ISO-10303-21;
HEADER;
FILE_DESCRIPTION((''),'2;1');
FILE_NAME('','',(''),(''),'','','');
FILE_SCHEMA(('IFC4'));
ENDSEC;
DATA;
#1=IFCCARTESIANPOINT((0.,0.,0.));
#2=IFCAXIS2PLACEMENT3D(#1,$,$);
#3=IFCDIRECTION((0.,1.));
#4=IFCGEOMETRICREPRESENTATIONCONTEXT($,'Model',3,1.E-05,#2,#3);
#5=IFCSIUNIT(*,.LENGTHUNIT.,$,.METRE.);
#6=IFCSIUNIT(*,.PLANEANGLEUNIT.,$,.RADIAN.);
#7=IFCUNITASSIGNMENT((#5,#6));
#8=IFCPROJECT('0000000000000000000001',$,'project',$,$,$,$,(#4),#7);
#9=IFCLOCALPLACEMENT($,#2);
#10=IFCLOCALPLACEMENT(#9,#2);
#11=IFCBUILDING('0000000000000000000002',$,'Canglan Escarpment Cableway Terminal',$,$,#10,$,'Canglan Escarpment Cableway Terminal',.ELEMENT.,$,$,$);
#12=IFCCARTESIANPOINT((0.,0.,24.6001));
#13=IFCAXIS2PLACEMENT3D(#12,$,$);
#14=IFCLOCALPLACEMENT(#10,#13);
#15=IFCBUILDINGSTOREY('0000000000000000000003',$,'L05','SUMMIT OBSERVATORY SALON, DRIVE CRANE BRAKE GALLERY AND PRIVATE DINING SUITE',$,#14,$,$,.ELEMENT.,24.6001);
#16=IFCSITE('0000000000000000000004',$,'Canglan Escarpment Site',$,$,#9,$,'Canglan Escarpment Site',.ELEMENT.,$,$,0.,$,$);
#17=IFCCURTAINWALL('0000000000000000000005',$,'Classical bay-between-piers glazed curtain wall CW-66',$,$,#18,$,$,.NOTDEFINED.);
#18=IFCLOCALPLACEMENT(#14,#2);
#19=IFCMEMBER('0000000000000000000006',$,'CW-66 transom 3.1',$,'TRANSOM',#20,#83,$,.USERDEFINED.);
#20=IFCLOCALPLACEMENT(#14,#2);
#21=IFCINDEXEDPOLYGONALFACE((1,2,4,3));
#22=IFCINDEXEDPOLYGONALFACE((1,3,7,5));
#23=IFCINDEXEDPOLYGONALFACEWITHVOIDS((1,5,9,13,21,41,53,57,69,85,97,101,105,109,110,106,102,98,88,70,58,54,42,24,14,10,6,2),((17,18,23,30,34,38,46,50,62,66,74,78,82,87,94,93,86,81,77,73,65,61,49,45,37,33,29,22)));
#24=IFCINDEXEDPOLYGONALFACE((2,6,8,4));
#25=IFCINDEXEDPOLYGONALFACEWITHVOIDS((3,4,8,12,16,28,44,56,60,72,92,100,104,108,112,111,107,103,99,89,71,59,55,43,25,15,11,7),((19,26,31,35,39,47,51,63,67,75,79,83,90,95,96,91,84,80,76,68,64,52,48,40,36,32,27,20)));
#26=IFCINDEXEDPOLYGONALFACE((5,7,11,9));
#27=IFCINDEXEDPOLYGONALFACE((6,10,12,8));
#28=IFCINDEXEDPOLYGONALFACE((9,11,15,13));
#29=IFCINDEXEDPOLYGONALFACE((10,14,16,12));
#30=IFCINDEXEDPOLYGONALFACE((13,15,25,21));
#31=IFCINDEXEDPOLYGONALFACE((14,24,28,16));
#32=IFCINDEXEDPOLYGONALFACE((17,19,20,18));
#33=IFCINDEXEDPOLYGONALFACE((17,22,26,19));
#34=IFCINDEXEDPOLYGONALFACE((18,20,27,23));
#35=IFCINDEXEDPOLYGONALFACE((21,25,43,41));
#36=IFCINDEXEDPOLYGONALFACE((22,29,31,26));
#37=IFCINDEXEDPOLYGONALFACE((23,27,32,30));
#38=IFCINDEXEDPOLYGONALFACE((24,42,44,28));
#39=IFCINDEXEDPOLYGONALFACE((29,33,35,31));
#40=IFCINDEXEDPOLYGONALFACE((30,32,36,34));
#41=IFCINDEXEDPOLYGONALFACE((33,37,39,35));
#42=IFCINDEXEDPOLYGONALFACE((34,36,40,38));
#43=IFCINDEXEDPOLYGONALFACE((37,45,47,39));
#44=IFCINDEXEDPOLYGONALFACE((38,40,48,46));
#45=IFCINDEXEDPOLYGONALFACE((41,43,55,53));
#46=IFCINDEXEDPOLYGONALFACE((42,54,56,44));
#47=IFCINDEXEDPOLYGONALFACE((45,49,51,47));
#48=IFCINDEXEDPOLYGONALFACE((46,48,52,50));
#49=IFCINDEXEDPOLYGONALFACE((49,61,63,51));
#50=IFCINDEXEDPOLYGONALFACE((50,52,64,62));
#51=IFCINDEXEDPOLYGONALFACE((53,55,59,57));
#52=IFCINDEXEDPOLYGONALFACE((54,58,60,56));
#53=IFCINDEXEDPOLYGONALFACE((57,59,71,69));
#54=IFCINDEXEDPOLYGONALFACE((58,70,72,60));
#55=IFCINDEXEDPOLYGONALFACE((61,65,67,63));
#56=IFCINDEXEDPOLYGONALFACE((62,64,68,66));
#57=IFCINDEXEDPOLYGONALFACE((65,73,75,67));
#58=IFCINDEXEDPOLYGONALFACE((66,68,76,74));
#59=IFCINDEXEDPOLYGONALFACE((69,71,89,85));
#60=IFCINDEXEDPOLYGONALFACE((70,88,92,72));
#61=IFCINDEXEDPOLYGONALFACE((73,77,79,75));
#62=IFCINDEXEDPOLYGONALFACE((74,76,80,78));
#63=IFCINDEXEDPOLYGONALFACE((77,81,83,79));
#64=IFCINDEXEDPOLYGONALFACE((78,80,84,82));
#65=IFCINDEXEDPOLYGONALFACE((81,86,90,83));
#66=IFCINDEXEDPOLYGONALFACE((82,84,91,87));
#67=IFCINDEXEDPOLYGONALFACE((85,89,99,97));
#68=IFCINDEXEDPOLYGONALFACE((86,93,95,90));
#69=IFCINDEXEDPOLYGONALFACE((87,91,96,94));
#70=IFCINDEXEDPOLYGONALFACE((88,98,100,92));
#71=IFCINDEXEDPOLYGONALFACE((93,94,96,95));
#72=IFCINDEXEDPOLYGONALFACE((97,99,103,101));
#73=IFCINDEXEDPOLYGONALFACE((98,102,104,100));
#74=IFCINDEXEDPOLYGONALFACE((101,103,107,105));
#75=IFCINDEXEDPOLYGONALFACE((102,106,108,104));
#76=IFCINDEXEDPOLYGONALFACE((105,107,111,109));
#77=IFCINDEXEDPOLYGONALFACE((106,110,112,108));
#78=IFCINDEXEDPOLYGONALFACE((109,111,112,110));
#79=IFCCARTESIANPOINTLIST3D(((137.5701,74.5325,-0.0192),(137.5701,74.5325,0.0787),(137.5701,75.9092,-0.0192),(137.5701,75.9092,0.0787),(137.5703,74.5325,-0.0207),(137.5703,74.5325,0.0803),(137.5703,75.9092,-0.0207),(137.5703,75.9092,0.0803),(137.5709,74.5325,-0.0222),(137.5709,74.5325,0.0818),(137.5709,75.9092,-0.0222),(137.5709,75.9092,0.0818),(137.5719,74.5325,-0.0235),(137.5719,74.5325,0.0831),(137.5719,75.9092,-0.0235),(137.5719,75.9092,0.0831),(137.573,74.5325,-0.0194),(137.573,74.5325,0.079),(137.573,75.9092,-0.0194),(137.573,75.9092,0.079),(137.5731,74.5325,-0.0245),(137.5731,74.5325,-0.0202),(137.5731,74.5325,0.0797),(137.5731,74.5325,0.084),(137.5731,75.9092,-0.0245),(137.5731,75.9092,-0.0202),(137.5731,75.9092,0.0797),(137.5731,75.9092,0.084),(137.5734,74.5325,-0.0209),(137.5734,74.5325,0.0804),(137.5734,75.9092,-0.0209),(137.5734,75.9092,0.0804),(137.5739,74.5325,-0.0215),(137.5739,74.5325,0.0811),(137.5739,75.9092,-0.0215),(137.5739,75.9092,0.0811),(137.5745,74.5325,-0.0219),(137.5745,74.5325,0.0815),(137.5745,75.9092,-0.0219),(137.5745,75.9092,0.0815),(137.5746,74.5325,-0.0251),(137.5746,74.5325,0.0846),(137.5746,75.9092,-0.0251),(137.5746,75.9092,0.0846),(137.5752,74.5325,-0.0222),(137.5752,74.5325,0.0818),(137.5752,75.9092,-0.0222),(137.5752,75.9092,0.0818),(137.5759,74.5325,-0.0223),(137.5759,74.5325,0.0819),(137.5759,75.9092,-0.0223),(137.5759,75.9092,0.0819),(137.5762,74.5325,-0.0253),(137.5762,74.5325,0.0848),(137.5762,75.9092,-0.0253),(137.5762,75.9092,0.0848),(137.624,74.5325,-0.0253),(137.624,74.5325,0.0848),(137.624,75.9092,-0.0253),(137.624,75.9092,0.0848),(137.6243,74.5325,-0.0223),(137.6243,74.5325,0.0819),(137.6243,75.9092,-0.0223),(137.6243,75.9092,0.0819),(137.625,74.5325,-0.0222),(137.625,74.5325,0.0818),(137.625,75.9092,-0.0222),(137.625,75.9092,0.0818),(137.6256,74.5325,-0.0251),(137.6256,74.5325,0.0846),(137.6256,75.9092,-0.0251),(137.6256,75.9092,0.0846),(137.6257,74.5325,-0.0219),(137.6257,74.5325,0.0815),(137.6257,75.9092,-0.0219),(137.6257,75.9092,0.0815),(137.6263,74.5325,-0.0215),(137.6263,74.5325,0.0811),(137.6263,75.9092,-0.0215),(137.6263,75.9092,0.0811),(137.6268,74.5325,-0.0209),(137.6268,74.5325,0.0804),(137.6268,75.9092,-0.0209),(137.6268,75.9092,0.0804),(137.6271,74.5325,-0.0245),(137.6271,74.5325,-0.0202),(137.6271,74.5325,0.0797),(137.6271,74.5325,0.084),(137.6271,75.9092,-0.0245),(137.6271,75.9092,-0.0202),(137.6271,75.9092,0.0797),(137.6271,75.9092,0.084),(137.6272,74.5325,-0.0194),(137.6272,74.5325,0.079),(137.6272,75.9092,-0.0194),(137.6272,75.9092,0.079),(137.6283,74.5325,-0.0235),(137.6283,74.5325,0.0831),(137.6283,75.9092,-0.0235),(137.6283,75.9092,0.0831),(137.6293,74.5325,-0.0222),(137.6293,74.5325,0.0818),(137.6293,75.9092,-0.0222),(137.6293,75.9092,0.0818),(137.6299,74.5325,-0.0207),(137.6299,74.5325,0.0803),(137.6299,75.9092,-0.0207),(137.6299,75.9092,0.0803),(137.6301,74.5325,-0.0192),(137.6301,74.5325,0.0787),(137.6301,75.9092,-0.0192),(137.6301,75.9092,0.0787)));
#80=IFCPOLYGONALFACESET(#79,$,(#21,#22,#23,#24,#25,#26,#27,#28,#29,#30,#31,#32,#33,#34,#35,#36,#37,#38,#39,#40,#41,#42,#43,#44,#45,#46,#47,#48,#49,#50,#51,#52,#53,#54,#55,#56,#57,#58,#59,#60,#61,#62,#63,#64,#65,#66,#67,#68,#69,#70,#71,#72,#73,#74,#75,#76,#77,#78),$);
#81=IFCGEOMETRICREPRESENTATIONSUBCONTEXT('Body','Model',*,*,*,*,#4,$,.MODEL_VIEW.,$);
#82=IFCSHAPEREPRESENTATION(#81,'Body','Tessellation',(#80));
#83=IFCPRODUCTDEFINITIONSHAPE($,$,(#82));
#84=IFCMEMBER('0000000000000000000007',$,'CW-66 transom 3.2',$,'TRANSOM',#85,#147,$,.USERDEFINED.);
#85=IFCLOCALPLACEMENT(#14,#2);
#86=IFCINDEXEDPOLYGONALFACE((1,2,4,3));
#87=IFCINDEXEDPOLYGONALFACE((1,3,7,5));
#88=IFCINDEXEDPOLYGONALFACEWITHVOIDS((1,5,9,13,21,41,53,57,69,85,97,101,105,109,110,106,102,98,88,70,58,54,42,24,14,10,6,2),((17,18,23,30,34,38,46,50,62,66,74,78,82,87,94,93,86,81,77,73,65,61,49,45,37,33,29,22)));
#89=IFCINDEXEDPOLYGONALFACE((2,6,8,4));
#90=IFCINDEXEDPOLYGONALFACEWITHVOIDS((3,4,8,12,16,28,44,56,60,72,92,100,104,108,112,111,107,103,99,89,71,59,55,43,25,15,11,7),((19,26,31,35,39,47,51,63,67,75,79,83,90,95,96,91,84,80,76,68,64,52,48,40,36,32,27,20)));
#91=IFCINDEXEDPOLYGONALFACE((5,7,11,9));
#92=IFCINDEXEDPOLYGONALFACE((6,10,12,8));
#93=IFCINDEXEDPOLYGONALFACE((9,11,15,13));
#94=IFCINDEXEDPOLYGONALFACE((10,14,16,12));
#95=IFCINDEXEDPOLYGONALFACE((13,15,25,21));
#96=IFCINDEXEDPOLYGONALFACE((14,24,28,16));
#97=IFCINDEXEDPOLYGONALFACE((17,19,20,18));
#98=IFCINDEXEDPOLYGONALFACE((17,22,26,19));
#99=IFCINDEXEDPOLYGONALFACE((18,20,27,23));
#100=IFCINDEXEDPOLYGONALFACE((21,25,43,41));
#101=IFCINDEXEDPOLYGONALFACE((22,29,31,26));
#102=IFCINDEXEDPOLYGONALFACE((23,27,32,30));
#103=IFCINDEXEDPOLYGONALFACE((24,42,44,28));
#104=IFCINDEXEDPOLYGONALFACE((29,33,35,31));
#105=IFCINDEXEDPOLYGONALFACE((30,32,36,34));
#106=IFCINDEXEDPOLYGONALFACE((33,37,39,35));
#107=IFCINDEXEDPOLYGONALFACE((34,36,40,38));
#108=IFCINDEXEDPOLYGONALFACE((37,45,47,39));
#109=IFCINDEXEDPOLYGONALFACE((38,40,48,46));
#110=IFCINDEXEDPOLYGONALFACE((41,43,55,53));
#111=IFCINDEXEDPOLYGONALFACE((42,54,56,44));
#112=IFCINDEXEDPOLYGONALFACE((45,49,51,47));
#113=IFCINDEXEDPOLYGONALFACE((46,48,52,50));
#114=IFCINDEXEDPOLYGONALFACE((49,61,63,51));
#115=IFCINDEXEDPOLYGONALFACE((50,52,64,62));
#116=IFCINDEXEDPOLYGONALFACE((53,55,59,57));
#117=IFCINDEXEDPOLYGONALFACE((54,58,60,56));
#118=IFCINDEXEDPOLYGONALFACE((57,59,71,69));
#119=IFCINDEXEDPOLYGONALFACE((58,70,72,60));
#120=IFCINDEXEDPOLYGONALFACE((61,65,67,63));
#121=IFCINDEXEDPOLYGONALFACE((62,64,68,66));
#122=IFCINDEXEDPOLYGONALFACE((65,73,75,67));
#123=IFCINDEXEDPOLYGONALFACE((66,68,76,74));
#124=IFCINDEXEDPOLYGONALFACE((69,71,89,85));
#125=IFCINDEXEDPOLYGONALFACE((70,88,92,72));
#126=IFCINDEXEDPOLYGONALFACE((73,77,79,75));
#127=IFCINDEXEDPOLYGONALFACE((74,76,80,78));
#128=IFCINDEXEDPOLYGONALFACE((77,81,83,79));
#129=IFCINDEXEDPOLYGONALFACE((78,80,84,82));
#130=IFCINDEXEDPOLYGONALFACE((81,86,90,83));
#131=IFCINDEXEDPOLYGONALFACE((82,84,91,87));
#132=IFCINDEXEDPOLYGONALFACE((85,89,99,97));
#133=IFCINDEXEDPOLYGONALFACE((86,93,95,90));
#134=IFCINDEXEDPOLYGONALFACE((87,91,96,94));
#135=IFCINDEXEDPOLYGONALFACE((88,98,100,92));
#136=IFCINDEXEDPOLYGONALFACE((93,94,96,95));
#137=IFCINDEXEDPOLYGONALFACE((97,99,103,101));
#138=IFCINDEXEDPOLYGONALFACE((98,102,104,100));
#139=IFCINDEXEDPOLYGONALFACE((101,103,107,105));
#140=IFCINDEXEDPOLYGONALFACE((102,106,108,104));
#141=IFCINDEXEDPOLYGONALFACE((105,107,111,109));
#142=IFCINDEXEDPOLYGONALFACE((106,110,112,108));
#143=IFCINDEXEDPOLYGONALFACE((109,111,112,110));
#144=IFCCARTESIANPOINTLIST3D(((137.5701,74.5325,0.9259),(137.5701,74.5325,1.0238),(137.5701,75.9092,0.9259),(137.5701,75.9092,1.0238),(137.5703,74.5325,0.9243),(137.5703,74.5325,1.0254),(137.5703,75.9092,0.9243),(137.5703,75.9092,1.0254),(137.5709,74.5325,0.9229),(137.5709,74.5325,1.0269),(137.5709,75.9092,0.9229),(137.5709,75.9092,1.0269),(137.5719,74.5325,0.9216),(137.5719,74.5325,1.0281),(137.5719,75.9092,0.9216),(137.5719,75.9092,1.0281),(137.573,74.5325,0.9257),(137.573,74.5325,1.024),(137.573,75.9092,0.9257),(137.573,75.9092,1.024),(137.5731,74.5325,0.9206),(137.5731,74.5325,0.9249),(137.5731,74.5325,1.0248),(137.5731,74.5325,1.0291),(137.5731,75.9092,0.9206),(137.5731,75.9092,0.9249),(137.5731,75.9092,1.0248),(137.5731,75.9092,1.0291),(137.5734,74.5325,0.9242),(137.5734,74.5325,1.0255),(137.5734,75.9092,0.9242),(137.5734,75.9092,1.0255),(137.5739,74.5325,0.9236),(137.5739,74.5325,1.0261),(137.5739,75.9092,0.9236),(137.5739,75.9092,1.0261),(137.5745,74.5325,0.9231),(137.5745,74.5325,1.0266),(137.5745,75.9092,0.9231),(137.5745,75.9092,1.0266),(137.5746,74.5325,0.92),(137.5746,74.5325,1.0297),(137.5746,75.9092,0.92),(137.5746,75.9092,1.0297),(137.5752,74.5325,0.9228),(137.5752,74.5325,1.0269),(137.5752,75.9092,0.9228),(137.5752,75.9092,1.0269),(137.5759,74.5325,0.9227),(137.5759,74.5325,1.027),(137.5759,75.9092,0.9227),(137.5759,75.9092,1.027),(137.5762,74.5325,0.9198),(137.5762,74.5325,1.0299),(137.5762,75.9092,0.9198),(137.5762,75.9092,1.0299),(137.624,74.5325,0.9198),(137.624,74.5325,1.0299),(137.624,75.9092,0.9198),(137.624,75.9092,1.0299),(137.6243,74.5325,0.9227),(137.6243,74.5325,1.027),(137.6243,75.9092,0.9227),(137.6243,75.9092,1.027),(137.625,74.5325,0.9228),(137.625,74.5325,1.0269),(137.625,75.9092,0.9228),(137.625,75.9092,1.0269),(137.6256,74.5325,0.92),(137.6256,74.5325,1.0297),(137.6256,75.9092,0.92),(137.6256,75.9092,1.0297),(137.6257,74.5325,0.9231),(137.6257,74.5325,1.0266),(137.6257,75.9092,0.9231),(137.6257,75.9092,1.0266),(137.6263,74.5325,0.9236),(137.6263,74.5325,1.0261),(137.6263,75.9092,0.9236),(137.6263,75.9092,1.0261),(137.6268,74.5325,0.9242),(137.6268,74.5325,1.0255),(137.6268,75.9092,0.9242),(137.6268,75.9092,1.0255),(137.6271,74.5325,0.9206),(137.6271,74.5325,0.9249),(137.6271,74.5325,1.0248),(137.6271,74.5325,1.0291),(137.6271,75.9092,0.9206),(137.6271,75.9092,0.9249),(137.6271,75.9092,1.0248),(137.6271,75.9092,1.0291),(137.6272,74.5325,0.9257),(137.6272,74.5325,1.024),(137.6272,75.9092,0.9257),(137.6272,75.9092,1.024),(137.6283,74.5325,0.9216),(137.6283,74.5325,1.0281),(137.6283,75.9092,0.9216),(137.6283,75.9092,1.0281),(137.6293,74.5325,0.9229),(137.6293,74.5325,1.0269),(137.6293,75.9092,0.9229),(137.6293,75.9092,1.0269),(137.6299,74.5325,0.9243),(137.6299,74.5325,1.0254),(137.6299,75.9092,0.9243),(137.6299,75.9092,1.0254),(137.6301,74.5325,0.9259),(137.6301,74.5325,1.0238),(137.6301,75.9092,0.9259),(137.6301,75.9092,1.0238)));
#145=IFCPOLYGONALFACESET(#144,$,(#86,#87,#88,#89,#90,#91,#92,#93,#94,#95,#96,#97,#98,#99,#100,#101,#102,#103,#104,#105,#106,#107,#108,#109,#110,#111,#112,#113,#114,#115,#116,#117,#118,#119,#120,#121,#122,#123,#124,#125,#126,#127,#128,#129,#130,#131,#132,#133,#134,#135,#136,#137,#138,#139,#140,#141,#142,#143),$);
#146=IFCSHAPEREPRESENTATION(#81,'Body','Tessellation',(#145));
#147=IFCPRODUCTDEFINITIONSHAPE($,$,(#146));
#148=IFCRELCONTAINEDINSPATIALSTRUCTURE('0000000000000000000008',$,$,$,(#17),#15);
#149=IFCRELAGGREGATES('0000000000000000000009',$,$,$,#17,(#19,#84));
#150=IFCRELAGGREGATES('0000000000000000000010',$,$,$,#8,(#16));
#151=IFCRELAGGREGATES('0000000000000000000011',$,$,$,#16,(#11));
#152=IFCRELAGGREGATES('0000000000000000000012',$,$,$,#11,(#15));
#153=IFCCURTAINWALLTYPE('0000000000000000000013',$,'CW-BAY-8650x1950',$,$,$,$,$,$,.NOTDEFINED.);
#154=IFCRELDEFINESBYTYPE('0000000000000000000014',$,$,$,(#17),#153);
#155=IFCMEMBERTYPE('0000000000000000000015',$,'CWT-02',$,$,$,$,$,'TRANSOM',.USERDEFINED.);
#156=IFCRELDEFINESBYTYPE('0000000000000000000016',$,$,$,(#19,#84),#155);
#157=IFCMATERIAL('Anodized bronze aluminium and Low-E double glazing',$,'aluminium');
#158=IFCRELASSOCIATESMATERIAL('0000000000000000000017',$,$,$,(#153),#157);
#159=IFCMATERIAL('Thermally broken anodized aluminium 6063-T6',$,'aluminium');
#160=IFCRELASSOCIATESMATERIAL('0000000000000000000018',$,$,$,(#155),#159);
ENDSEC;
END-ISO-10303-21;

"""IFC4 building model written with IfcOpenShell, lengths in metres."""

from ifc_helpers import new_model, si_unit, direction, frame, origin, origin_2d, place, context, subcontext, project, spatial, hollow_rectangle, extrude, material, material_profile, profile_set, type_object, element, aggregate, save


model = new_model("IFC4")

# Units and contexts
model_context = context("Model", 3, precision=1e-05, world=origin(), true_north=direction((0.0, 1.0)))
body_context = subcontext(model_context, "Body", "Model", "MODEL_VIEW")
ifc_project = project(units=[si_unit("LENGTHUNIT", "METRE"), si_unit("PLANEANGLEUNIT", "RADIAN")], contexts=[model_context])

# Site, building, storey
site_placement = place(None, origin())
site = spatial("IfcSite", under=ifc_project, at=site_placement, Name="Canglan Escarpment Site", LongName="Canglan Escarpment Site", CompositionType="ELEMENT", RefElevation=0.0)
building_placement = place(site_placement, origin())
building = spatial("IfcBuilding", under=site, at=building_placement, Name="Canglan Escarpment Cableway Terminal", LongName="Canglan Escarpment Cableway Terminal", CompositionType="ELEMENT")
storey_placement = place(building_placement, frame((0.0, 0.0, 24.6001)))
storey = spatial("IfcBuildingStorey", under=building, at=storey_placement, Name="L05", Description="SUMMIT OBSERVATORY SALON, DRIVE CRANE BRAKE GALLERY AND PRIVATE DINING SUITE", CompositionType="ELEMENT", Elevation=24.6001)

# Shared definitions
ifc_material_1 = material(Name="Anodized bronze aluminium and Low-E double glazing", Category="aluminium")
curtain_wall_type = type_object("IfcCurtainWallType", Name="CW-BAY-8650x1950", PredefinedType="NOTDEFINED", material=ifc_material_1)
ifc_material_2 = material(Name="Thermally broken anodized aluminium 6063-T6", Category="aluminium")

# Curtain wall
curtain_wall_1_placement = place(storey_placement, origin())
curtain_wall_1 = element("IfcCurtainWall", 1, at=curtain_wall_1_placement, inside=storey, type_object=curtain_wall_type, Name="Classical bay-between-piers glazed curtain wall CW-66", PredefinedType="NOTDEFINED")

# Members
ifc_material_profile_1 = material_profile(ifc_material_2, hollow_rectangle(XDim=0.0601, YDim=0.1101, WallThickness=0.0029, InnerFilletRadius=0.0029, OuterFilletRadius=0.0061, at=origin_2d()), Name="ALU-TRAN 60x110x3")
ifc_profile_set_1 = profile_set([ifc_material_profile_1], Name="Thermally broken anodized aluminium 6063-T6")
member_type_1 = type_object("IfcMemberType", Name="CWT-02", ElementType="TRANSOM", PredefinedType="USERDEFINED", material=ifc_profile_set_1)
member_1_placement = place(storey_placement, frame((137.6001, 75.9092, 0.0298), z_axis=(0.0, -1.0, 0.0), x_axis=(1.0, 0.0, 0.0)))
member_1 = element("IfcMember", 2, at=member_1_placement, type_object=member_type_1, Name="CW-66 transom 3.1", ObjectType="TRANSOM", PredefinedType="USERDEFINED", context=body_context, shape_type="SweptSolid", body=[
    extrude(hollow_rectangle(XDim=0.0601, YDim=0.1101, WallThickness=0.0029, InnerFilletRadius=0.0029, OuterFilletRadius=0.0061, at=origin_2d()), origin(), (0.0, 0.0, 1.0), 1.3767),
])
member_2_placement = place(storey_placement, frame((137.6001, 75.9092, 0.9749), z_axis=(0.0, -1.0, 0.0), x_axis=(1.0, 0.0, 0.0)))
member_2 = element("IfcMember", 3, at=member_2_placement, type_object=member_type_1, Name="CW-66 transom 3.2", ObjectType="TRANSOM", PredefinedType="USERDEFINED", context=body_context, shape_type="SweptSolid", body=[
    extrude(hollow_rectangle(XDim=0.0601, YDim=0.1101, WallThickness=0.0029, InnerFilletRadius=0.0029, OuterFilletRadius=0.0061, at=origin_2d()), origin(), (0.0, 0.0, 1.0), 1.3767),
])

aggregate(curtain_wall_1, [member_1, member_2])

save(model, "model.ifc")
